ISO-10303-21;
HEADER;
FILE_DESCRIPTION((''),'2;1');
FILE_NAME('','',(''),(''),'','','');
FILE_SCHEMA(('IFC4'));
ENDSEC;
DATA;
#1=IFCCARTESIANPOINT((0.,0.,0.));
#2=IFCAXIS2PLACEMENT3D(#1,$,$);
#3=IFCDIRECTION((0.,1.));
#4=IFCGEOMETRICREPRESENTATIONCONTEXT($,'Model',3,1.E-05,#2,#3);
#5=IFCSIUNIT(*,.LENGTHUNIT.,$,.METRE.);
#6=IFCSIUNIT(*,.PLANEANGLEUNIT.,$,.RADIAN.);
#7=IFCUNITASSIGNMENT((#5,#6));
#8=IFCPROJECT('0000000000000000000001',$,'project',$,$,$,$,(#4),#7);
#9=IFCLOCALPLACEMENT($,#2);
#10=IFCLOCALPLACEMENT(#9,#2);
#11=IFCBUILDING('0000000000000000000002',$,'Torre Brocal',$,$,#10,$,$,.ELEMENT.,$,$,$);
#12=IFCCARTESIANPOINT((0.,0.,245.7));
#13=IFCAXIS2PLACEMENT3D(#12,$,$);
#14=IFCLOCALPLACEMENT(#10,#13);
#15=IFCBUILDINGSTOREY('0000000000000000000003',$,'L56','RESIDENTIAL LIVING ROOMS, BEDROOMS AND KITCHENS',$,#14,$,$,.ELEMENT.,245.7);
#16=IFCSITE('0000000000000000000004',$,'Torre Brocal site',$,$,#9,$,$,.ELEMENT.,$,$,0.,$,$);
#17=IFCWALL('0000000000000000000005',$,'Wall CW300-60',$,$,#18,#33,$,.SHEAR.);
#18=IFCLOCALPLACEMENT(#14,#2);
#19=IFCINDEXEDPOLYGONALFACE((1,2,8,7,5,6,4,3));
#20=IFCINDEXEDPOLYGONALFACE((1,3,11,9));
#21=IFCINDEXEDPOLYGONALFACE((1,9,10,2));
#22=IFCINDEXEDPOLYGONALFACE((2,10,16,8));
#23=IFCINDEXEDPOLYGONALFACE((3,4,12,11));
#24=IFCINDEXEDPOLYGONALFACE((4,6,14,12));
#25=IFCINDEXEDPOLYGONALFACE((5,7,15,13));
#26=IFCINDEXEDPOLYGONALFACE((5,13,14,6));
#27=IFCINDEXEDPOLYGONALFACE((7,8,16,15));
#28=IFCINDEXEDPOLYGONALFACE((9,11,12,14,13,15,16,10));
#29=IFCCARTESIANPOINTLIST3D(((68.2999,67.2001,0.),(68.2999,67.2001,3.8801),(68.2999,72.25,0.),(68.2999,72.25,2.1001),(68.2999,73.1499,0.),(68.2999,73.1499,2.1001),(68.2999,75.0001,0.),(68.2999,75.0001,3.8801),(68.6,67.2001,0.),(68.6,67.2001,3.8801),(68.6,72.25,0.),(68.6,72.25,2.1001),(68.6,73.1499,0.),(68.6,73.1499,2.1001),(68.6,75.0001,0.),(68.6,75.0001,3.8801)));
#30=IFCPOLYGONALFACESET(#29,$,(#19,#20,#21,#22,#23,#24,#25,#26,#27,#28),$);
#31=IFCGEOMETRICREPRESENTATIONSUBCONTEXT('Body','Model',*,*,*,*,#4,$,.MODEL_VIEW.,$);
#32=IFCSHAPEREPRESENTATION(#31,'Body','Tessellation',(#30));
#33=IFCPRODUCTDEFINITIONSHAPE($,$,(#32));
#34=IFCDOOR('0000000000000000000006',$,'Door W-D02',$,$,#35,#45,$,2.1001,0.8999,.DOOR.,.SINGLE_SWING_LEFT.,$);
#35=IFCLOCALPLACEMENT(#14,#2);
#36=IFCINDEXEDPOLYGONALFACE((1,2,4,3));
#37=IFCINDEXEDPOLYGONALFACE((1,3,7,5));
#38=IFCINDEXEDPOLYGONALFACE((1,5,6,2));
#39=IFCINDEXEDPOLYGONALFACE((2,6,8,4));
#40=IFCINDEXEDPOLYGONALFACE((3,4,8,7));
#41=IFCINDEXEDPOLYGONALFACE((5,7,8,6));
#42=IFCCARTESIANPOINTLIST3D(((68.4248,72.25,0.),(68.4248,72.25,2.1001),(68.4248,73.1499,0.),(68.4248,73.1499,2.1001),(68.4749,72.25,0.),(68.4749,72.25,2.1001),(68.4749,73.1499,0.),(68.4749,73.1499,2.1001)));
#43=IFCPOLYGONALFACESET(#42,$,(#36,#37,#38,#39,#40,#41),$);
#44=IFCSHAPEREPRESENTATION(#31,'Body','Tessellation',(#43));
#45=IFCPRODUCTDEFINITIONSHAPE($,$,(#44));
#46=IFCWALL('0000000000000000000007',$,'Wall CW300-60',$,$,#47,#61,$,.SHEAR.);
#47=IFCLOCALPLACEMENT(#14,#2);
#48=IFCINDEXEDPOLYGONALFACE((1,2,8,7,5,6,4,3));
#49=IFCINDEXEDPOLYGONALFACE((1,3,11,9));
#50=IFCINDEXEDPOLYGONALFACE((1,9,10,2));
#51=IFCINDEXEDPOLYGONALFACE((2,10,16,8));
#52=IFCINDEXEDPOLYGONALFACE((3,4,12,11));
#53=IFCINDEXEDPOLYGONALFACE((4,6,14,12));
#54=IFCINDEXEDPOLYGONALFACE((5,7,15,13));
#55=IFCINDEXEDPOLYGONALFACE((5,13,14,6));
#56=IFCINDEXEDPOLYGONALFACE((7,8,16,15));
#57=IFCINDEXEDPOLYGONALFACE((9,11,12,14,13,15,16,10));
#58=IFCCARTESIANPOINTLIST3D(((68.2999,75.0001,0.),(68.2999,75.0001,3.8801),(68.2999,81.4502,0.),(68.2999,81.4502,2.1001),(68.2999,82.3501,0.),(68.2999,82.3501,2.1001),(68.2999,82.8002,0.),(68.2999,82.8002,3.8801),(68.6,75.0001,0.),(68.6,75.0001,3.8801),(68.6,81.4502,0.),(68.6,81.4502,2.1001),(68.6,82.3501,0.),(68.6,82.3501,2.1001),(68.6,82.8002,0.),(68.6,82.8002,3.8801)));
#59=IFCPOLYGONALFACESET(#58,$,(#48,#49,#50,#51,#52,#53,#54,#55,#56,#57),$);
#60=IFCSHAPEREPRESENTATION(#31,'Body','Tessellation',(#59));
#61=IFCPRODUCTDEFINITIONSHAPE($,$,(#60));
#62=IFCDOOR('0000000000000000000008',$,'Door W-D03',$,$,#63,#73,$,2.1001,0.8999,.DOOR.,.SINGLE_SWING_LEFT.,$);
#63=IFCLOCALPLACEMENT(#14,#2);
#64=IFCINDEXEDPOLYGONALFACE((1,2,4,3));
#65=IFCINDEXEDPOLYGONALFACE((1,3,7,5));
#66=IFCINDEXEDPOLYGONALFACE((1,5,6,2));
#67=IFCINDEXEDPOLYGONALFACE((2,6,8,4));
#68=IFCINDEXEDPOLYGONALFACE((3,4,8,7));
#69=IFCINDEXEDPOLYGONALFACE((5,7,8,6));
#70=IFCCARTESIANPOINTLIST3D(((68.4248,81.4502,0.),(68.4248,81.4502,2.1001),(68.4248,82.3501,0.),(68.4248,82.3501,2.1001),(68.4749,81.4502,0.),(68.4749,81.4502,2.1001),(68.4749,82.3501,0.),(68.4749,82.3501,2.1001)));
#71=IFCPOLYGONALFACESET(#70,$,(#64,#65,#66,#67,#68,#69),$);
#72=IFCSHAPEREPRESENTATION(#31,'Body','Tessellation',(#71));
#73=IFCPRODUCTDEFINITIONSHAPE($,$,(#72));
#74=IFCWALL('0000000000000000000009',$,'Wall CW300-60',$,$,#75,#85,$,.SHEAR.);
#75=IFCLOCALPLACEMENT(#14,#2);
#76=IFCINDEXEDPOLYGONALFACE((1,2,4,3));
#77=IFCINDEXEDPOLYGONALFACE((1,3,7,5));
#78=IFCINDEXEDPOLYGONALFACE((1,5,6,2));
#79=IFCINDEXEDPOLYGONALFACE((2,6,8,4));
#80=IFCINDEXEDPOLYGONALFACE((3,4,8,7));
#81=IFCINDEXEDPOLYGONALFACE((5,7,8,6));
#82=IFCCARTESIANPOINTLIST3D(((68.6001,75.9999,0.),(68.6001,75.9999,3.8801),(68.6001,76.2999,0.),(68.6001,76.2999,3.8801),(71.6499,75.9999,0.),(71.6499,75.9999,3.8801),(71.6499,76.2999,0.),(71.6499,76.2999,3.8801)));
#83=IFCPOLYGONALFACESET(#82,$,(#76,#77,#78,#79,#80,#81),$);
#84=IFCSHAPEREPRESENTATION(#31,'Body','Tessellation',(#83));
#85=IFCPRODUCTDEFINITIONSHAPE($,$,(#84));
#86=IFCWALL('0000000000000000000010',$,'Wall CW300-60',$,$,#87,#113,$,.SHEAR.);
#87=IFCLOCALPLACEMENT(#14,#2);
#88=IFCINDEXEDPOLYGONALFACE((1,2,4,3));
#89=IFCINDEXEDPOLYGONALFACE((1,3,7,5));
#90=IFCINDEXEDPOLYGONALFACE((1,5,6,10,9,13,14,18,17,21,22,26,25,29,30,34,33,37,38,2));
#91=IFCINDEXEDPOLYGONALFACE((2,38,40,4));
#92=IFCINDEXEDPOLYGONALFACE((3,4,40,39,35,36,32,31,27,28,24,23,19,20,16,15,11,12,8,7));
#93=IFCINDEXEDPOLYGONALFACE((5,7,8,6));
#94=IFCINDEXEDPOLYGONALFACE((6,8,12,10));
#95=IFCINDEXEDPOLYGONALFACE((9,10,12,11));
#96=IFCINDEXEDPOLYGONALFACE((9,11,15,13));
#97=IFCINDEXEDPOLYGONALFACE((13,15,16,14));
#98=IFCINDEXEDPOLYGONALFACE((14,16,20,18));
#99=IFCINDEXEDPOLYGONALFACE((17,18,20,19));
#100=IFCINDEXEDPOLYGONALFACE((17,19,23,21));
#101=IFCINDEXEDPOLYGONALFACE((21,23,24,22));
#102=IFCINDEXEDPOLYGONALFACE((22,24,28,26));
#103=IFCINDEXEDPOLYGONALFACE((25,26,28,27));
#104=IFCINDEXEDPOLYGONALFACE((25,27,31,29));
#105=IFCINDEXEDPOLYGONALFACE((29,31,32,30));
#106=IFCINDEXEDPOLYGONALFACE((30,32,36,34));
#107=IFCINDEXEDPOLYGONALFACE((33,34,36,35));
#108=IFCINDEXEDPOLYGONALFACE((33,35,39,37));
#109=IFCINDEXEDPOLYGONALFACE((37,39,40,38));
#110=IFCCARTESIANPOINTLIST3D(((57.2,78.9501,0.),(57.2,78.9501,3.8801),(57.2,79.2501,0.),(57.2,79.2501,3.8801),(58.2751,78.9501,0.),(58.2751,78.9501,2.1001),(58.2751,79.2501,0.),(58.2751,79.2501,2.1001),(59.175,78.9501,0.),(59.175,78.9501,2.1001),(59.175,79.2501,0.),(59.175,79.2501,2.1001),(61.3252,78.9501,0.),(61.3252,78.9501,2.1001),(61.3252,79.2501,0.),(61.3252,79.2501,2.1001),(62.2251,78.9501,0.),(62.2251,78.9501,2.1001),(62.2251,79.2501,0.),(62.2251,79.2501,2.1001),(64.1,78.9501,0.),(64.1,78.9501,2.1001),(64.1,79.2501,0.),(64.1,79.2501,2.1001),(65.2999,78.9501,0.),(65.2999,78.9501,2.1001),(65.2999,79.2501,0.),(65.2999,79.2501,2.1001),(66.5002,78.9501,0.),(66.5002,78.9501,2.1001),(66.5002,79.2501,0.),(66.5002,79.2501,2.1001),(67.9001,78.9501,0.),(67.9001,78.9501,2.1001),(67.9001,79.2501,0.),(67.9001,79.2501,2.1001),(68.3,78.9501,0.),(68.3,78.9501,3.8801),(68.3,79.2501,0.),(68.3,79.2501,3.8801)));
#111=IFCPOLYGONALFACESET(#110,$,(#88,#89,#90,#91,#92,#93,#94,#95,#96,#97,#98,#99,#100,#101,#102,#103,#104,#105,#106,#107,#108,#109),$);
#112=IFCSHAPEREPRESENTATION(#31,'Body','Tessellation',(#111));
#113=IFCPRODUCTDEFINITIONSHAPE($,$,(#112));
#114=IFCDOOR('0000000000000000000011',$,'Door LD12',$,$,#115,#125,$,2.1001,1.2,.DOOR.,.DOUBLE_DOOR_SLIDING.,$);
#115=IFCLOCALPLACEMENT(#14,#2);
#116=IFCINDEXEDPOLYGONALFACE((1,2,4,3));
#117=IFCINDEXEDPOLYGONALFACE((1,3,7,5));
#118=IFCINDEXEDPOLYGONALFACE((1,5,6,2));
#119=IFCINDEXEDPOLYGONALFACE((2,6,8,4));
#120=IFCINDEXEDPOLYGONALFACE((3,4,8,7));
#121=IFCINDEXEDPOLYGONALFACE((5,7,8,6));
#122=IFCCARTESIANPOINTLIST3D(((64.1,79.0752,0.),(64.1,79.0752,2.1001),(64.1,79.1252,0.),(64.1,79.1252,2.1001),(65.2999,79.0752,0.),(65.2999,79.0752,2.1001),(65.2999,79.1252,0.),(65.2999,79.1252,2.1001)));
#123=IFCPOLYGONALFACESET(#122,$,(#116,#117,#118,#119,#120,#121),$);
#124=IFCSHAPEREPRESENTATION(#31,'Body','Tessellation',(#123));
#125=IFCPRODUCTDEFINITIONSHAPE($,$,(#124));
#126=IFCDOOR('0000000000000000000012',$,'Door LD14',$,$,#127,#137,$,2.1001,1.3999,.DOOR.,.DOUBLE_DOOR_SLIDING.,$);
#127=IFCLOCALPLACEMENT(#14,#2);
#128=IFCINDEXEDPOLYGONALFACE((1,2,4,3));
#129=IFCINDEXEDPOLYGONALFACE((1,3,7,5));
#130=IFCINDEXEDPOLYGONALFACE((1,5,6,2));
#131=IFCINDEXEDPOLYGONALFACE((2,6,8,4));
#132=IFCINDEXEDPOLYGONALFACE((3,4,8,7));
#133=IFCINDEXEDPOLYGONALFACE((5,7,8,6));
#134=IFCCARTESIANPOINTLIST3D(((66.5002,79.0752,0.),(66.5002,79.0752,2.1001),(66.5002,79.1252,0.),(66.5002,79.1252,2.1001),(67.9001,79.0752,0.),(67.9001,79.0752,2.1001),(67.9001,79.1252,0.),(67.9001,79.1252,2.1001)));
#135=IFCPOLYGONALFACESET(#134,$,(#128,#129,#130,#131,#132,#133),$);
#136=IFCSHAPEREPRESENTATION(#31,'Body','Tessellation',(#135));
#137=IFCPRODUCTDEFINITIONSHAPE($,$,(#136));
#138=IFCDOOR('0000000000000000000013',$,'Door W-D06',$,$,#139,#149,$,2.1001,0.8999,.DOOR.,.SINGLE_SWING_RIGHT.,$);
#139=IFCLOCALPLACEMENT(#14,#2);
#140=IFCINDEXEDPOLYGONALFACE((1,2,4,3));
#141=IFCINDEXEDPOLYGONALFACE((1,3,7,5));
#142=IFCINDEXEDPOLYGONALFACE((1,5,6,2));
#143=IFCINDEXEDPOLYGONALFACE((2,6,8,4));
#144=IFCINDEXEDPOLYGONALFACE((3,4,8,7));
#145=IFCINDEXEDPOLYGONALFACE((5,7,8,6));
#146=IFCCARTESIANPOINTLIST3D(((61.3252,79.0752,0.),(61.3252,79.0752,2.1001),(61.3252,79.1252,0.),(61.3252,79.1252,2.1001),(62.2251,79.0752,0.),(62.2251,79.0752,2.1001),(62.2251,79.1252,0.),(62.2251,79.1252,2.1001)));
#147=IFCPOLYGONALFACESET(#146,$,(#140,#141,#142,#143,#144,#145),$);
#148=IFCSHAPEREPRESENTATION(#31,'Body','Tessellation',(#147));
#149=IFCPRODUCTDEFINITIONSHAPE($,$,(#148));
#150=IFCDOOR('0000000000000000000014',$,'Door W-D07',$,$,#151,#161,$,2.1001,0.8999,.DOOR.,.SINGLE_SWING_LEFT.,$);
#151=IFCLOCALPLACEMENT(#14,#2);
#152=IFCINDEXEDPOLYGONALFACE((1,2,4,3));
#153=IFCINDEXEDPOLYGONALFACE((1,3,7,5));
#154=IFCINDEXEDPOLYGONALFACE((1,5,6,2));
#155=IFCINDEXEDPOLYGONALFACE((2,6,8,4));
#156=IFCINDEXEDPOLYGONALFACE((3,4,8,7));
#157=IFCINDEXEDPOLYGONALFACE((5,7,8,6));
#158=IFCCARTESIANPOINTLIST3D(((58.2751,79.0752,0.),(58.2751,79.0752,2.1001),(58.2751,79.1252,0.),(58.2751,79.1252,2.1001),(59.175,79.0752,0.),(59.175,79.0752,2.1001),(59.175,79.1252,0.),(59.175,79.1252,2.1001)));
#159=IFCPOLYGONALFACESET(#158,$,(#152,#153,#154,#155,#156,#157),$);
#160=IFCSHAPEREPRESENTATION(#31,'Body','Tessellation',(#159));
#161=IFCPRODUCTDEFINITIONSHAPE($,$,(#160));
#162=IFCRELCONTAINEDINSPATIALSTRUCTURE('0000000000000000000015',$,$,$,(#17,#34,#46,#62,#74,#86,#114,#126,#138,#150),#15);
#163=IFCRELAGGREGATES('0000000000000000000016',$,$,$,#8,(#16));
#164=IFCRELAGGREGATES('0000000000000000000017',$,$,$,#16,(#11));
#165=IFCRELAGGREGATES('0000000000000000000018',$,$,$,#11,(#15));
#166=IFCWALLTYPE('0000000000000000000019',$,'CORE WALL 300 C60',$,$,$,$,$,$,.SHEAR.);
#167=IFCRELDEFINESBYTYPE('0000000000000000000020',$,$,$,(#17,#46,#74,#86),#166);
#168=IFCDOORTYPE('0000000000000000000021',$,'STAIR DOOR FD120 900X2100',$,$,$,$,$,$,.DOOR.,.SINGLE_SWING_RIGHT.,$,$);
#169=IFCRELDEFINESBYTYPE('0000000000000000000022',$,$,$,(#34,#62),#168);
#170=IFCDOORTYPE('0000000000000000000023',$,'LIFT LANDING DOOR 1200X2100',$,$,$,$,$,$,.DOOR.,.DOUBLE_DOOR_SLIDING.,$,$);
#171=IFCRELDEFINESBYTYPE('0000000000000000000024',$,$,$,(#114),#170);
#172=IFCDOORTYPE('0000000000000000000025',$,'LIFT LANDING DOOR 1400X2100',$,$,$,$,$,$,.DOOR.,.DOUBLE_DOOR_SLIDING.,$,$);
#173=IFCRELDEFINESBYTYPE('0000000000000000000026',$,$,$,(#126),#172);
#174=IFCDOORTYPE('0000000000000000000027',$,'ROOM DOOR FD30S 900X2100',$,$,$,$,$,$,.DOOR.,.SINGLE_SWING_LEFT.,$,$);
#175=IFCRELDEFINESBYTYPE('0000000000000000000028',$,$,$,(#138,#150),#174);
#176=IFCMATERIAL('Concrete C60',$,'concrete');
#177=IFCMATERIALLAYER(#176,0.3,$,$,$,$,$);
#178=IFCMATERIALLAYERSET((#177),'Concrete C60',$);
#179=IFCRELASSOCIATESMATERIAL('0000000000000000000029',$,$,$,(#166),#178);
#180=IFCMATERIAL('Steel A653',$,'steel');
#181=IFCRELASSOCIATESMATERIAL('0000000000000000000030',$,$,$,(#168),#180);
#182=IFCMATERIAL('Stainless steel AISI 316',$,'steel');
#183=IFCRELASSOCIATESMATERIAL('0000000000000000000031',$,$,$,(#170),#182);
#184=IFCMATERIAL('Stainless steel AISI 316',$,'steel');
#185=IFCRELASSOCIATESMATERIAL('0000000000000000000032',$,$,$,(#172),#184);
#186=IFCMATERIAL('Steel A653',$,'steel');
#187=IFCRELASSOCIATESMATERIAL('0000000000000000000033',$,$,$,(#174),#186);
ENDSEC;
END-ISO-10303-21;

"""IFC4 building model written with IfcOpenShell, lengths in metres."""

from ifc_helpers import new_model, si_unit, direction, frame, frame_2d, origin, place, context, subcontext, project, spatial, rectangle, extrude, material, layer, layer_set, type_object, element, fill, save


model = new_model("IFC4")

# Units and contexts
model_context = context("Model", 3, precision=1e-05, world=origin(), true_north=direction((0.0, 1.0)))
body_context = subcontext(model_context, "Body", "Model", "MODEL_VIEW")
ifc_project = project(units=[si_unit("LENGTHUNIT", "METRE"), si_unit("PLANEANGLEUNIT", "RADIAN")], contexts=[model_context])

# Site, building, storey
site_placement = place(None, origin())
site = spatial("IfcSite", under=ifc_project, at=site_placement, Name="Torre Brocal site", CompositionType="ELEMENT", RefElevation=0.0)
building_placement = place(site_placement, origin())
building = spatial("IfcBuilding", under=site, at=building_placement, Name="Torre Brocal", CompositionType="ELEMENT")
storey_placement = place(building_placement, frame((0.0, 0.0, 245.7)))
storey = spatial("IfcBuildingStorey", under=building, at=storey_placement, Name="L56", Description="RESIDENTIAL LIVING ROOMS, BEDROOMS AND KITCHENS", CompositionType="ELEMENT", Elevation=245.7)

# Walls, openings, doors
ifc_material_1 = material(Name="Concrete C60", Category="concrete")
ifc_layer_1 = layer(ifc_material_1, 0.3)
ifc_layer_set_1 = layer_set([ifc_layer_1], Name="Concrete C60")
wall_type_1 = type_object("IfcWallType", Name="CORE WALL 300 C60", PredefinedType="SHEAR", material=ifc_layer_set_1)
wall_1_placement = place(storey_placement, frame((68.45, 75.0, 0.0), z_axis=(0.0, 0.0, 1.0), x_axis=(0.0, -1.0, 0.0)))
wall_1 = element("IfcWall", 1, at=wall_1_placement, inside=storey, type_object=wall_type_1, Name="Wall CW300-60", PredefinedType="SHEAR", context=body_context, shape_type="SweptSolid", body=[
    extrude(rectangle(XDim=7.8, YDim=0.3, at=frame_2d((3.8999, 0.0))), origin(), (0.0, 0.0, 1.0), 3.8801),
])
opening_1_placement = place(wall_1_placement, frame((1.8501, 0.0, 0.0)))
opening_1 = element("IfcOpeningElement", 2, at=opening_1_placement, cuts=wall_1, PredefinedType="OPENING", context=body_context, shape_type="SweptSolid", body=[
    extrude(rectangle(XDim=0.8999, YDim=2.1001, at=frame_2d((0.45, 1.05))), frame((0.0, 0.1599, 0.0), z_axis=(0.0, -1.0, 0.0), x_axis=(1.0, 0.0, 0.0)), (0.0, 0.0, 1.0), 0.3201),
])
ifc_material_2 = material(Name="Steel A653", Category="steel")
door_type_1 = type_object("IfcDoorType", Name="STAIR DOOR FD120 900X2100", OperationType="SINGLE_SWING_RIGHT", PredefinedType="DOOR", material=ifc_material_2)
door_1_placement = place(opening_1_placement, origin())
door_1 = element("IfcDoor", 3, at=door_1_placement, inside=storey, type_object=door_type_1, Name="Door W-D02", OperationType="SINGLE_SWING_LEFT", OverallHeight=2.1001, OverallWidth=0.8999, PredefinedType="DOOR", context=body_context, shape_type="SweptSolid", body=[
    extrude(rectangle(XDim=0.8999, YDim=2.1001, at=frame_2d((0.45, 1.05))), frame((0.0, 0.0249, 0.0), z_axis=(0.0, -1.0, 0.0), x_axis=(1.0, 0.0, 0.0)), (0.0, 0.0, 1.0), 0.05),
])
fill(opening_1, door_1)
wall_2_placement = place(storey_placement, frame((68.45, 82.8, 0.0), z_axis=(0.0, 0.0, 1.0), x_axis=(0.0, -1.0, 0.0)))
wall_2 = element("IfcWall", 4, at=wall_2_placement, inside=storey, type_object=wall_type_1, Name="Wall CW300-60", PredefinedType="SHEAR", context=body_context, shape_type="SweptSolid", body=[
    extrude(rectangle(XDim=7.8, YDim=0.3, at=frame_2d((3.8999, 0.0))), origin(), (0.0, 0.0, 1.0), 3.8801),
])
opening_2_placement = place(wall_2_placement, frame((0.45, 0.0, 0.0)))
opening_2 = element("IfcOpeningElement", 5, at=opening_2_placement, cuts=wall_2, PredefinedType="OPENING", context=body_context, shape_type="SweptSolid", body=[
    extrude(rectangle(XDim=0.8999, YDim=2.1001, at=frame_2d((0.45, 1.05))), frame((0.0, 0.1599, 0.0), z_axis=(0.0, -1.0, 0.0), x_axis=(1.0, 0.0, 0.0)), (0.0, 0.0, 1.0), 0.3201),
])
door_2_placement = place(opening_2_placement, origin())
door_2 = element("IfcDoor", 6, at=door_2_placement, inside=storey, type_object=door_type_1, Name="Door W-D03", OperationType="SINGLE_SWING_LEFT", OverallHeight=2.1001, OverallWidth=0.8999, PredefinedType="DOOR", context=body_context, shape_type="SweptSolid", body=[
    extrude(rectangle(XDim=0.8999, YDim=2.1001, at=frame_2d((0.45, 1.05))), frame((0.0, 0.0249, 0.0), z_axis=(0.0, -1.0, 0.0), x_axis=(1.0, 0.0, 0.0)), (0.0, 0.0, 1.0), 0.05),
])
fill(opening_2, door_2)

# Wall
wall_3_placement = place(storey_placement, frame((71.6499, 76.1499, 0.0), z_axis=(0.0, 0.0, 1.0), x_axis=(-1.0, 0.0, 0.0)))
element("IfcWall", 7, at=wall_3_placement, inside=storey, type_object=wall_type_1, Name="Wall CW300-60", PredefinedType="SHEAR", context=body_context, shape_type="SweptSolid", body=[
    extrude(rectangle(XDim=3.0498, YDim=0.3, at=frame_2d((1.5249, 0.0))), origin(), (0.0, 0.0, 1.0), 3.8801),
])

# Wall, openings, doors
wall_4_placement = place(storey_placement, frame((68.3, 79.1001, 0.0), z_axis=(0.0, 0.0, 1.0), x_axis=(-1.0, 0.0, 0.0)))
wall_4 = element("IfcWall", 8, at=wall_4_placement, inside=storey, type_object=wall_type_1, Name="Wall CW300-60", PredefinedType="SHEAR", context=body_context, shape_type="SweptSolid", body=[
    extrude(rectangle(XDim=11.1001, YDim=0.3, at=frame_2d((5.55, 0.0))), origin(), (0.0, 0.0, 1.0), 3.8801),
])
opening_3_placement = place(wall_4_placement, frame((0.3999, 0.0, 0.0)))
opening_3 = element("IfcOpeningElement", 9, at=opening_3_placement, cuts=wall_4, PredefinedType="OPENING", context=body_context, shape_type="SweptSolid", body=[
    extrude(rectangle(XDim=1.3999, YDim=2.1001, at=frame_2d((0.7, 1.05))), frame((0.0, 0.1599, 0.0), z_axis=(0.0, -1.0, 0.0), x_axis=(1.0, 0.0, 0.0)), (0.0, 0.0, 1.0), 0.3201),
])
opening_4_placement = place(wall_4_placement, frame((3.0, 0.0, 0.0)))
opening_4 = element("IfcOpeningElement", 10, at=opening_4_placement, cuts=wall_4, PredefinedType="OPENING", context=body_context, shape_type="SweptSolid", body=[
    extrude(rectangle(XDim=1.2, YDim=2.1001, at=frame_2d((0.6001, 1.05))), frame((0.0, 0.1599, 0.0), z_axis=(0.0, -1.0, 0.0), x_axis=(1.0, 0.0, 0.0)), (0.0, 0.0, 1.0), 0.3201),
])
opening_5_placement = place(wall_4_placement, frame((6.075, 0.0, 0.0)))
opening_5 = element("IfcOpeningElement", 11, at=opening_5_placement, cuts=wall_4, PredefinedType="OPENING", context=body_context, shape_type="SweptSolid", body=[
    extrude(rectangle(XDim=0.8999, YDim=2.1001, at=frame_2d((0.45, 1.05))), frame((0.0, 0.1599, 0.0), z_axis=(0.0, -1.0, 0.0), x_axis=(1.0, 0.0, 0.0)), (0.0, 0.0, 1.0), 0.3201),
])
opening_6_placement = place(wall_4_placement, frame((9.125, 0.0, 0.0)))
opening_6 = element("IfcOpeningElement", 12, at=opening_6_placement, cuts=wall_4, PredefinedType="OPENING", context=body_context, shape_type="SweptSolid", body=[
    extrude(rectangle(XDim=0.8999, YDim=2.1001, at=frame_2d((0.45, 1.05))), frame((0.0, 0.1599, 0.0), z_axis=(0.0, -1.0, 0.0), x_axis=(1.0, 0.0, 0.0)), (0.0, 0.0, 1.0), 0.3201),
])
ifc_material_3 = material(Name="Stainless steel AISI 316", Category="steel")
door_type_2 = type_object("IfcDoorType", Name="LIFT LANDING DOOR 1200X2100", OperationType="DOUBLE_DOOR_SLIDING", PredefinedType="DOOR", material=ifc_material_3)
door_3_placement = place(opening_4_placement, origin())
door_3 = element("IfcDoor", 13, at=door_3_placement, inside=storey, type_object=door_type_2, Name="Door LD12", OperationType="DOUBLE_DOOR_SLIDING", OverallHeight=2.1001, OverallWidth=1.2, PredefinedType="DOOR", context=body_context, shape_type="SweptSolid", body=[
    extrude(rectangle(XDim=1.2, YDim=2.1001, at=frame_2d((0.6001, 1.05))), frame((0.0, 0.0249, 0.0), z_axis=(0.0, -1.0, 0.0), x_axis=(1.0, 0.0, 0.0)), (0.0, 0.0, 1.0), 0.05),
])
fill(opening_4, door_3)
ifc_material_4 = material(Name="Stainless steel AISI 316", Category="steel")
door_type_3 = type_object("IfcDoorType", Name="LIFT LANDING DOOR 1400X2100", OperationType="DOUBLE_DOOR_SLIDING", PredefinedType="DOOR", material=ifc_material_4)
door_4_placement = place(opening_3_placement, origin())
door_4 = element("IfcDoor", 14, at=door_4_placement, inside=storey, type_object=door_type_3, Name="Door LD14", OperationType="DOUBLE_DOOR_SLIDING", OverallHeight=2.1001, OverallWidth=1.3999, PredefinedType="DOOR", context=body_context, shape_type="SweptSolid", body=[
    extrude(rectangle(XDim=1.3999, YDim=2.1001, at=frame_2d((0.7, 1.05))), frame((0.0, 0.0249, 0.0), z_axis=(0.0, -1.0, 0.0), x_axis=(1.0, 0.0, 0.0)), (0.0, 0.0, 1.0), 0.05),
])
fill(opening_3, door_4)
ifc_material_5 = material(Name="Steel A653", Category="steel")
door_type_4 = type_object("IfcDoorType", Name="ROOM DOOR FD30S 900X2100", OperationType="SINGLE_SWING_LEFT", PredefinedType="DOOR", material=ifc_material_5)
door_5_placement = place(opening_5_placement, origin())
door_5 = element("IfcDoor", 15, at=door_5_placement, inside=storey, type_object=door_type_4, Name="Door W-D06", OperationType="SINGLE_SWING_RIGHT", OverallHeight=2.1001, OverallWidth=0.8999, PredefinedType="DOOR", context=body_context, shape_type="SweptSolid", body=[
    extrude(rectangle(XDim=0.8999, YDim=2.1001, at=frame_2d((0.45, 1.05))), frame((0.0, 0.0249, 0.0), z_axis=(0.0, -1.0, 0.0), x_axis=(1.0, 0.0, 0.0)), (0.0, 0.0, 1.0), 0.05),
])
fill(opening_5, door_5)
door_6_placement = place(opening_6_placement, origin())
door_6 = element("IfcDoor", 16, at=door_6_placement, inside=storey, type_object=door_type_4, Name="Door W-D07", OperationType="SINGLE_SWING_LEFT", OverallHeight=2.1001, OverallWidth=0.8999, PredefinedType="DOOR", context=body_context, shape_type="SweptSolid", body=[
    extrude(rectangle(XDim=0.8999, YDim=2.1001, at=frame_2d((0.45, 1.05))), frame((0.0, 0.0249, 0.0), z_axis=(0.0, -1.0, 0.0), x_axis=(1.0, 0.0, 0.0)), (0.0, 0.0, 1.0), 0.05),
])
fill(opening_6, door_6)

save(model, "model.ifc")
